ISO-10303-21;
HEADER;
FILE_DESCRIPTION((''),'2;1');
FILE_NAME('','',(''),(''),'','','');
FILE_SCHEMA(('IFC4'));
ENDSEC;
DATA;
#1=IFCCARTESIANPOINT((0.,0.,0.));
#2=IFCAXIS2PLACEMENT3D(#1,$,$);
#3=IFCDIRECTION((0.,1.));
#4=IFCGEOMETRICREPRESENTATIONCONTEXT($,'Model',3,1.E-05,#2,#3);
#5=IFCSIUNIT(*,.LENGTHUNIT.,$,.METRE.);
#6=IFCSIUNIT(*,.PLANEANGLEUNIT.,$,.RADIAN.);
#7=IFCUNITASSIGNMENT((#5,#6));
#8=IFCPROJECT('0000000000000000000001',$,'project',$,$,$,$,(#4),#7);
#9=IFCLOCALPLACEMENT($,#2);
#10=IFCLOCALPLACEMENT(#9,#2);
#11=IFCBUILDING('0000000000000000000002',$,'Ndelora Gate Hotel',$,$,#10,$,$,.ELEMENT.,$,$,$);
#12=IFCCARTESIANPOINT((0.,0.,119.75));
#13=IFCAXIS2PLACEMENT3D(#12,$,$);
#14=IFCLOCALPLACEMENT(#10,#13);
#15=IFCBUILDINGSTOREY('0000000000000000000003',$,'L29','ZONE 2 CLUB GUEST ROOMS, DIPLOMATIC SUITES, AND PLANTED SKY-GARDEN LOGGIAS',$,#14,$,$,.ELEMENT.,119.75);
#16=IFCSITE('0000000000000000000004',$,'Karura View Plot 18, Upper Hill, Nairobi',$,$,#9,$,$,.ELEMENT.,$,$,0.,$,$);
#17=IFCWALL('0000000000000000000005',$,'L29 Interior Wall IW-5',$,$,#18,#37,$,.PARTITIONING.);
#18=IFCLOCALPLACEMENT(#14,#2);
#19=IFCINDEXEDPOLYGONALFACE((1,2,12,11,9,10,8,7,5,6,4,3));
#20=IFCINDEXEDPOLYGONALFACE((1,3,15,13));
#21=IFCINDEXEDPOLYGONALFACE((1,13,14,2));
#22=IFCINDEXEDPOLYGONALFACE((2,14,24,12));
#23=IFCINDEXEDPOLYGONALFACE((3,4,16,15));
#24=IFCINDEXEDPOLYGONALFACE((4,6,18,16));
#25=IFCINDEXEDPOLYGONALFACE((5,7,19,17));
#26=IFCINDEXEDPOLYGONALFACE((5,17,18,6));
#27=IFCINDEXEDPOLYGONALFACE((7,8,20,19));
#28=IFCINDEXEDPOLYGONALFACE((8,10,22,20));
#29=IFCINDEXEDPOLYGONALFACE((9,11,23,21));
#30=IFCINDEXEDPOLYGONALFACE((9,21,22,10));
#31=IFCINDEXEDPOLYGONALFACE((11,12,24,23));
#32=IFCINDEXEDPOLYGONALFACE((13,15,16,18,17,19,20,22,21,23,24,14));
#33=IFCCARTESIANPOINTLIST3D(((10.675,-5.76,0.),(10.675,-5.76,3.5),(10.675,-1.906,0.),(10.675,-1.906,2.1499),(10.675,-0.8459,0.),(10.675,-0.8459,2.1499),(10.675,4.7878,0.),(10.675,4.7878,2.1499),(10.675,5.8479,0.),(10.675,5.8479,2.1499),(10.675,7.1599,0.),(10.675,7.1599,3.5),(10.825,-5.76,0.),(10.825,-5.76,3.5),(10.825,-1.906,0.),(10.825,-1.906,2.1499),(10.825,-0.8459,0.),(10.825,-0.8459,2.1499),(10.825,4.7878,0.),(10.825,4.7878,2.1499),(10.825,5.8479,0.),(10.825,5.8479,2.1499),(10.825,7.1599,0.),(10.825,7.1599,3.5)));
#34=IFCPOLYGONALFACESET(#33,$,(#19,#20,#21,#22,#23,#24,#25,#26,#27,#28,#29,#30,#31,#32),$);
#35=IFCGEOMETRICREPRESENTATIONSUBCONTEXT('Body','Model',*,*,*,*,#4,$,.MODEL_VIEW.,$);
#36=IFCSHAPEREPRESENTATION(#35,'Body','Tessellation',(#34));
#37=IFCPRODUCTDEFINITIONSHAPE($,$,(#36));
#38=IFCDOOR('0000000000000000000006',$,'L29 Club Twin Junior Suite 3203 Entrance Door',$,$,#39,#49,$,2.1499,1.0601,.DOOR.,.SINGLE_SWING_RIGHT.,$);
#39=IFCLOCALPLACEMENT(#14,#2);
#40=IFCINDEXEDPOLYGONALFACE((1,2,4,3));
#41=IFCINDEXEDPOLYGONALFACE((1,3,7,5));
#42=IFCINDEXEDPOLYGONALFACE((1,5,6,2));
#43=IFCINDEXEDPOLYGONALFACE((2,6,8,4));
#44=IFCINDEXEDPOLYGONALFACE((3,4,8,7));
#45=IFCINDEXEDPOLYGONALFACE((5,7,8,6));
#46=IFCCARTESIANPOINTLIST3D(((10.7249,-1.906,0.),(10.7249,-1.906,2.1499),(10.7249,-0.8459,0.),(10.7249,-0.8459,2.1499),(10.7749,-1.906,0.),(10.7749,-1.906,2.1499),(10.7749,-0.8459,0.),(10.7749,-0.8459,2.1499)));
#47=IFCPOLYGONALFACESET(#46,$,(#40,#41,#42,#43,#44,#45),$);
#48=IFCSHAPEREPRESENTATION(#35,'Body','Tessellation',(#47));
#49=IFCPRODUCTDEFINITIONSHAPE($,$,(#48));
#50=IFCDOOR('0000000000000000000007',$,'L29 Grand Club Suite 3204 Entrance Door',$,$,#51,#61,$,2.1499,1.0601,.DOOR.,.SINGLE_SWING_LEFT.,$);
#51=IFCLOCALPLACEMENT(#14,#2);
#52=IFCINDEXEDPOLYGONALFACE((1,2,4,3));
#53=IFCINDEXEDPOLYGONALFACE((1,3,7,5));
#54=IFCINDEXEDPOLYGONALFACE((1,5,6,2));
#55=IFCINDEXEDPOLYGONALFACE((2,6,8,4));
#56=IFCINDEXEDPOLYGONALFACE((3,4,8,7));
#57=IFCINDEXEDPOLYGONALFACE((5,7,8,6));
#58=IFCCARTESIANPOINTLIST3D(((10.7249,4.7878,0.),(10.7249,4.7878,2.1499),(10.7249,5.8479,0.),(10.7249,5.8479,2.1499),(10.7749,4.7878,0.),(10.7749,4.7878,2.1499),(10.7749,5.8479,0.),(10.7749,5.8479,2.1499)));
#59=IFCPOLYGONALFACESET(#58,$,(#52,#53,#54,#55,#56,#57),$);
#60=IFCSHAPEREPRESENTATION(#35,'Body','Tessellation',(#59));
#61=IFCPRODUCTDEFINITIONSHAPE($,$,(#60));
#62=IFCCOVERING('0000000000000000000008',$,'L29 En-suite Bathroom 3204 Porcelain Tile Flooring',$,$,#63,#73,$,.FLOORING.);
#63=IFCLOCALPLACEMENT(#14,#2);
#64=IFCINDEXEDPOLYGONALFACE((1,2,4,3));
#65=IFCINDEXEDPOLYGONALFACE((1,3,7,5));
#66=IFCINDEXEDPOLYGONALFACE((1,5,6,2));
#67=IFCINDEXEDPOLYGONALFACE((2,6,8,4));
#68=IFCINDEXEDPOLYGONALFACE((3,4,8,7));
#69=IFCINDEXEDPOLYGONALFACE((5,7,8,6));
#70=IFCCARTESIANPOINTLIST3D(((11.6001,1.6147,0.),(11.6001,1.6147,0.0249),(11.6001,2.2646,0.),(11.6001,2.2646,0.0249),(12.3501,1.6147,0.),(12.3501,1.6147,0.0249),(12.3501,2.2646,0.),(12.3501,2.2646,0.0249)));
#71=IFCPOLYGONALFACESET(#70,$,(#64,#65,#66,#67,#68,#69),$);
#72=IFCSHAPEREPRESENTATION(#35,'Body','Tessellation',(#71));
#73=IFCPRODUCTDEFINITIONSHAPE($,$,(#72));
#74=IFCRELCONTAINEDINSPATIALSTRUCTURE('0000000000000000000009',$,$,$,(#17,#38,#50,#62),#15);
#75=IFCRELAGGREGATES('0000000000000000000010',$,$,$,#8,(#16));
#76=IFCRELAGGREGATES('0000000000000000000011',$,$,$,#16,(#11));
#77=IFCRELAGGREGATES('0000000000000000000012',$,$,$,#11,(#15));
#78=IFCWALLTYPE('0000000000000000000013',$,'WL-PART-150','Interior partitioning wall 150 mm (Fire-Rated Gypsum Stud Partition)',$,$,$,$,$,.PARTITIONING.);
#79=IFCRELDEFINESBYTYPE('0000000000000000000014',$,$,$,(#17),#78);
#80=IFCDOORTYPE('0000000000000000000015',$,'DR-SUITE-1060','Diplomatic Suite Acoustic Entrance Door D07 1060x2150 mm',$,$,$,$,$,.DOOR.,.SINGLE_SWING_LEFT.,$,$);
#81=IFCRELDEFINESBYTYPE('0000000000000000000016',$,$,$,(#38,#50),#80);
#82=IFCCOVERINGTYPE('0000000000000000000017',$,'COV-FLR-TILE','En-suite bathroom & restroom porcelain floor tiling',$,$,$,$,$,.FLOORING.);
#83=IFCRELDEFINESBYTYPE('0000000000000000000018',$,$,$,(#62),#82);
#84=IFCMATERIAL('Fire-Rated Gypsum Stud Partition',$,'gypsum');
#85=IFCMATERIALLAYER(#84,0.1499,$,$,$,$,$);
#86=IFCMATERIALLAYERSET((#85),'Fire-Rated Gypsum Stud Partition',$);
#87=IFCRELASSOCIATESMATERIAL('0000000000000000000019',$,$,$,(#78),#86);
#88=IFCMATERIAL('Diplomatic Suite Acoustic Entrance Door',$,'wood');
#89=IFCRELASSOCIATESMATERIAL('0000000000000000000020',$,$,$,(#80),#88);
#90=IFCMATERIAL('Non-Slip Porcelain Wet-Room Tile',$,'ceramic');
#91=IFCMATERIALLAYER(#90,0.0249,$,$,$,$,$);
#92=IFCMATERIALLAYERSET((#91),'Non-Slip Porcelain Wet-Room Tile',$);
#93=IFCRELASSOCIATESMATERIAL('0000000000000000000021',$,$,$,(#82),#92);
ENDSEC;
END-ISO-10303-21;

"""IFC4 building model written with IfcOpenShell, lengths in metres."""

from ifc_helpers import new_model, si_unit, direction, frame, frame_2d, origin, origin_2d, place, context, subcontext, project, spatial, rectangle, extrude, material, layer, layer_set, type_object, element, fill, save


model = new_model("IFC4")

# Units and contexts
model_context = context("Model", 3, precision=1e-05, world=origin(), true_north=direction((0.0, 1.0)))
body_context = subcontext(model_context, "Body", "Model", "MODEL_VIEW")
ifc_project = project(units=[si_unit("LENGTHUNIT", "METRE"), si_unit("PLANEANGLEUNIT", "RADIAN")], contexts=[model_context])

# Site, building, storey
site_placement = place(None, origin())
site = spatial("IfcSite", under=ifc_project, at=site_placement, Name="Karura View Plot 18, Upper Hill, Nairobi", CompositionType="ELEMENT", RefElevation=0.0)
building_placement = place(site_placement, origin())
building = spatial("IfcBuilding", under=site, at=building_placement, Name="Ndelora Gate Hotel", CompositionType="ELEMENT")
storey_placement = place(building_placement, frame((0.0, 0.0, 119.75)))
storey = spatial("IfcBuildingStorey", under=building, at=storey_placement, Name="L29", Description="ZONE 2 CLUB GUEST ROOMS, DIPLOMATIC SUITES, AND PLANTED SKY-GARDEN LOGGIAS", CompositionType="ELEMENT", Elevation=119.75)

# Wall, openings, doors
ifc_material_1 = material(Name="Fire-Rated Gypsum Stud Partition", Category="gypsum")
ifc_layer_1 = layer(ifc_material_1, 0.1499)
ifc_layer_set_1 = layer_set([ifc_layer_1], Name="Fire-Rated Gypsum Stud Partition")
wall_type_1 = type_object("IfcWallType", Name="WL-PART-150", Description="Interior partitioning wall 150 mm (Fire-Rated Gypsum Stud Partition)", PredefinedType="PARTITIONING", material=ifc_layer_set_1)
wall_1_placement = place(storey_placement, frame((10.75, 7.1599, 0.0), z_axis=(0.0, 0.0, 1.0), x_axis=(0.0, -1.0, 0.0)))
wall_1 = element("IfcWall", 1, at=wall_1_placement, inside=storey, type_object=wall_type_1, Name="L29 Interior Wall IW-5", PredefinedType="PARTITIONING", context=body_context, shape_type="SweptSolid", body=[
    extrude(rectangle(XDim=12.9199, YDim=0.1499, at=frame_2d((6.46, 0.0))), origin(), (0.0, 0.0, 1.0), 3.5),
])
opening_1_placement = place(wall_1_placement, frame((8.0059, 0.0, 0.0)))
opening_1 = element("IfcOpeningElement", 2, at=opening_1_placement, cuts=wall_1, PredefinedType="OPENING", context=body_context, shape_type="SweptSolid", body=[
    extrude(rectangle(XDim=1.0601, YDim=2.1499, at=frame_2d((0.53, 1.075))), frame((0.0, 0.085, 0.0), z_axis=(0.0, -1.0, 0.0), x_axis=(1.0, 0.0, 0.0)), (0.0, 0.0, 1.0), 0.1699),
])
opening_2_placement = place(wall_1_placement, frame((1.312, 0.0, 0.0)))
opening_2 = element("IfcOpeningElement", 3, at=opening_2_placement, cuts=wall_1, PredefinedType="OPENING", context=body_context, shape_type="SweptSolid", body=[
    extrude(rectangle(XDim=1.0601, YDim=2.1499, at=frame_2d((0.53, 1.075))), frame((0.0, 0.085, 0.0), z_axis=(0.0, -1.0, 0.0), x_axis=(1.0, 0.0, 0.0)), (0.0, 0.0, 1.0), 0.1699),
])
ifc_material_2 = material(Name="Diplomatic Suite Acoustic Entrance Door", Category="wood")
door_type = type_object("IfcDoorType", Name="DR-SUITE-1060", Description="Diplomatic Suite Acoustic Entrance Door D07 1060x2150 mm", OperationType="SINGLE_SWING_LEFT", PredefinedType="DOOR", material=ifc_material_2)
door_1_placement = place(opening_1_placement, origin())
door_1 = element("IfcDoor", 4, at=door_1_placement, inside=storey, type_object=door_type, Name="L29 Club Twin Junior Suite 3203 Entrance Door", OperationType="SINGLE_SWING_RIGHT", OverallHeight=2.1499, OverallWidth=1.0601, PredefinedType="DOOR", context=body_context, shape_type="SweptSolid", body=[
    extrude(rectangle(XDim=1.0601, YDim=2.1499, at=frame_2d((0.53, 1.075))), frame((0.0, 0.0249, 0.0), z_axis=(0.0, -1.0, 0.0), x_axis=(1.0, 0.0, 0.0)), (0.0, 0.0, 1.0), 0.05),
])
fill(opening_1, door_1)
door_2_placement = place(opening_2_placement, origin())
door_2 = element("IfcDoor", 5, at=door_2_placement, inside=storey, type_object=door_type, Name="L29 Grand Club Suite 3204 Entrance Door", OperationType="SINGLE_SWING_LEFT", OverallHeight=2.1499, OverallWidth=1.0601, PredefinedType="DOOR", context=body_context, shape_type="SweptSolid", body=[
    extrude(rectangle(XDim=1.0601, YDim=2.1499, at=frame_2d((0.53, 1.075))), frame((0.0, 0.0249, 0.0), z_axis=(0.0, -1.0, 0.0), x_axis=(1.0, 0.0, 0.0)), (0.0, 0.0, 1.0), 0.05),
])
fill(opening_2, door_2)

# Covering
ifc_material_3 = material(Name="Non-Slip Porcelain Wet-Room Tile", Category="ceramic")
ifc_layer_2 = layer(ifc_material_3, 0.0249)
ifc_layer_set_2 = layer_set([ifc_layer_2], Name="Non-Slip Porcelain Wet-Room Tile")
covering_type = type_object("IfcCoveringType", Name="COV-FLR-TILE", Description="En-suite bathroom & restroom porcelain floor tiling", PredefinedType="FLOORING", material=ifc_layer_set_2)
covering_placement = place(storey_placement, frame((11.9751, 1.9397, 0.0), z_axis=(0.0, 0.0, 1.0), x_axis=(1.0, 0.0, 0.0)))
element("IfcCovering", 6, at=covering_placement, inside=storey, type_object=covering_type, Name="L29 En-suite Bathroom 3204 Porcelain Tile Flooring", PredefinedType="FLOORING", context=body_context, shape_type="SweptSolid", body=[
    extrude(rectangle(XDim=0.75, YDim=0.6499, at=origin_2d()), origin(), (0.0, 0.0, 1.0), 0.0249),
])

save(model, "model.ifc")
